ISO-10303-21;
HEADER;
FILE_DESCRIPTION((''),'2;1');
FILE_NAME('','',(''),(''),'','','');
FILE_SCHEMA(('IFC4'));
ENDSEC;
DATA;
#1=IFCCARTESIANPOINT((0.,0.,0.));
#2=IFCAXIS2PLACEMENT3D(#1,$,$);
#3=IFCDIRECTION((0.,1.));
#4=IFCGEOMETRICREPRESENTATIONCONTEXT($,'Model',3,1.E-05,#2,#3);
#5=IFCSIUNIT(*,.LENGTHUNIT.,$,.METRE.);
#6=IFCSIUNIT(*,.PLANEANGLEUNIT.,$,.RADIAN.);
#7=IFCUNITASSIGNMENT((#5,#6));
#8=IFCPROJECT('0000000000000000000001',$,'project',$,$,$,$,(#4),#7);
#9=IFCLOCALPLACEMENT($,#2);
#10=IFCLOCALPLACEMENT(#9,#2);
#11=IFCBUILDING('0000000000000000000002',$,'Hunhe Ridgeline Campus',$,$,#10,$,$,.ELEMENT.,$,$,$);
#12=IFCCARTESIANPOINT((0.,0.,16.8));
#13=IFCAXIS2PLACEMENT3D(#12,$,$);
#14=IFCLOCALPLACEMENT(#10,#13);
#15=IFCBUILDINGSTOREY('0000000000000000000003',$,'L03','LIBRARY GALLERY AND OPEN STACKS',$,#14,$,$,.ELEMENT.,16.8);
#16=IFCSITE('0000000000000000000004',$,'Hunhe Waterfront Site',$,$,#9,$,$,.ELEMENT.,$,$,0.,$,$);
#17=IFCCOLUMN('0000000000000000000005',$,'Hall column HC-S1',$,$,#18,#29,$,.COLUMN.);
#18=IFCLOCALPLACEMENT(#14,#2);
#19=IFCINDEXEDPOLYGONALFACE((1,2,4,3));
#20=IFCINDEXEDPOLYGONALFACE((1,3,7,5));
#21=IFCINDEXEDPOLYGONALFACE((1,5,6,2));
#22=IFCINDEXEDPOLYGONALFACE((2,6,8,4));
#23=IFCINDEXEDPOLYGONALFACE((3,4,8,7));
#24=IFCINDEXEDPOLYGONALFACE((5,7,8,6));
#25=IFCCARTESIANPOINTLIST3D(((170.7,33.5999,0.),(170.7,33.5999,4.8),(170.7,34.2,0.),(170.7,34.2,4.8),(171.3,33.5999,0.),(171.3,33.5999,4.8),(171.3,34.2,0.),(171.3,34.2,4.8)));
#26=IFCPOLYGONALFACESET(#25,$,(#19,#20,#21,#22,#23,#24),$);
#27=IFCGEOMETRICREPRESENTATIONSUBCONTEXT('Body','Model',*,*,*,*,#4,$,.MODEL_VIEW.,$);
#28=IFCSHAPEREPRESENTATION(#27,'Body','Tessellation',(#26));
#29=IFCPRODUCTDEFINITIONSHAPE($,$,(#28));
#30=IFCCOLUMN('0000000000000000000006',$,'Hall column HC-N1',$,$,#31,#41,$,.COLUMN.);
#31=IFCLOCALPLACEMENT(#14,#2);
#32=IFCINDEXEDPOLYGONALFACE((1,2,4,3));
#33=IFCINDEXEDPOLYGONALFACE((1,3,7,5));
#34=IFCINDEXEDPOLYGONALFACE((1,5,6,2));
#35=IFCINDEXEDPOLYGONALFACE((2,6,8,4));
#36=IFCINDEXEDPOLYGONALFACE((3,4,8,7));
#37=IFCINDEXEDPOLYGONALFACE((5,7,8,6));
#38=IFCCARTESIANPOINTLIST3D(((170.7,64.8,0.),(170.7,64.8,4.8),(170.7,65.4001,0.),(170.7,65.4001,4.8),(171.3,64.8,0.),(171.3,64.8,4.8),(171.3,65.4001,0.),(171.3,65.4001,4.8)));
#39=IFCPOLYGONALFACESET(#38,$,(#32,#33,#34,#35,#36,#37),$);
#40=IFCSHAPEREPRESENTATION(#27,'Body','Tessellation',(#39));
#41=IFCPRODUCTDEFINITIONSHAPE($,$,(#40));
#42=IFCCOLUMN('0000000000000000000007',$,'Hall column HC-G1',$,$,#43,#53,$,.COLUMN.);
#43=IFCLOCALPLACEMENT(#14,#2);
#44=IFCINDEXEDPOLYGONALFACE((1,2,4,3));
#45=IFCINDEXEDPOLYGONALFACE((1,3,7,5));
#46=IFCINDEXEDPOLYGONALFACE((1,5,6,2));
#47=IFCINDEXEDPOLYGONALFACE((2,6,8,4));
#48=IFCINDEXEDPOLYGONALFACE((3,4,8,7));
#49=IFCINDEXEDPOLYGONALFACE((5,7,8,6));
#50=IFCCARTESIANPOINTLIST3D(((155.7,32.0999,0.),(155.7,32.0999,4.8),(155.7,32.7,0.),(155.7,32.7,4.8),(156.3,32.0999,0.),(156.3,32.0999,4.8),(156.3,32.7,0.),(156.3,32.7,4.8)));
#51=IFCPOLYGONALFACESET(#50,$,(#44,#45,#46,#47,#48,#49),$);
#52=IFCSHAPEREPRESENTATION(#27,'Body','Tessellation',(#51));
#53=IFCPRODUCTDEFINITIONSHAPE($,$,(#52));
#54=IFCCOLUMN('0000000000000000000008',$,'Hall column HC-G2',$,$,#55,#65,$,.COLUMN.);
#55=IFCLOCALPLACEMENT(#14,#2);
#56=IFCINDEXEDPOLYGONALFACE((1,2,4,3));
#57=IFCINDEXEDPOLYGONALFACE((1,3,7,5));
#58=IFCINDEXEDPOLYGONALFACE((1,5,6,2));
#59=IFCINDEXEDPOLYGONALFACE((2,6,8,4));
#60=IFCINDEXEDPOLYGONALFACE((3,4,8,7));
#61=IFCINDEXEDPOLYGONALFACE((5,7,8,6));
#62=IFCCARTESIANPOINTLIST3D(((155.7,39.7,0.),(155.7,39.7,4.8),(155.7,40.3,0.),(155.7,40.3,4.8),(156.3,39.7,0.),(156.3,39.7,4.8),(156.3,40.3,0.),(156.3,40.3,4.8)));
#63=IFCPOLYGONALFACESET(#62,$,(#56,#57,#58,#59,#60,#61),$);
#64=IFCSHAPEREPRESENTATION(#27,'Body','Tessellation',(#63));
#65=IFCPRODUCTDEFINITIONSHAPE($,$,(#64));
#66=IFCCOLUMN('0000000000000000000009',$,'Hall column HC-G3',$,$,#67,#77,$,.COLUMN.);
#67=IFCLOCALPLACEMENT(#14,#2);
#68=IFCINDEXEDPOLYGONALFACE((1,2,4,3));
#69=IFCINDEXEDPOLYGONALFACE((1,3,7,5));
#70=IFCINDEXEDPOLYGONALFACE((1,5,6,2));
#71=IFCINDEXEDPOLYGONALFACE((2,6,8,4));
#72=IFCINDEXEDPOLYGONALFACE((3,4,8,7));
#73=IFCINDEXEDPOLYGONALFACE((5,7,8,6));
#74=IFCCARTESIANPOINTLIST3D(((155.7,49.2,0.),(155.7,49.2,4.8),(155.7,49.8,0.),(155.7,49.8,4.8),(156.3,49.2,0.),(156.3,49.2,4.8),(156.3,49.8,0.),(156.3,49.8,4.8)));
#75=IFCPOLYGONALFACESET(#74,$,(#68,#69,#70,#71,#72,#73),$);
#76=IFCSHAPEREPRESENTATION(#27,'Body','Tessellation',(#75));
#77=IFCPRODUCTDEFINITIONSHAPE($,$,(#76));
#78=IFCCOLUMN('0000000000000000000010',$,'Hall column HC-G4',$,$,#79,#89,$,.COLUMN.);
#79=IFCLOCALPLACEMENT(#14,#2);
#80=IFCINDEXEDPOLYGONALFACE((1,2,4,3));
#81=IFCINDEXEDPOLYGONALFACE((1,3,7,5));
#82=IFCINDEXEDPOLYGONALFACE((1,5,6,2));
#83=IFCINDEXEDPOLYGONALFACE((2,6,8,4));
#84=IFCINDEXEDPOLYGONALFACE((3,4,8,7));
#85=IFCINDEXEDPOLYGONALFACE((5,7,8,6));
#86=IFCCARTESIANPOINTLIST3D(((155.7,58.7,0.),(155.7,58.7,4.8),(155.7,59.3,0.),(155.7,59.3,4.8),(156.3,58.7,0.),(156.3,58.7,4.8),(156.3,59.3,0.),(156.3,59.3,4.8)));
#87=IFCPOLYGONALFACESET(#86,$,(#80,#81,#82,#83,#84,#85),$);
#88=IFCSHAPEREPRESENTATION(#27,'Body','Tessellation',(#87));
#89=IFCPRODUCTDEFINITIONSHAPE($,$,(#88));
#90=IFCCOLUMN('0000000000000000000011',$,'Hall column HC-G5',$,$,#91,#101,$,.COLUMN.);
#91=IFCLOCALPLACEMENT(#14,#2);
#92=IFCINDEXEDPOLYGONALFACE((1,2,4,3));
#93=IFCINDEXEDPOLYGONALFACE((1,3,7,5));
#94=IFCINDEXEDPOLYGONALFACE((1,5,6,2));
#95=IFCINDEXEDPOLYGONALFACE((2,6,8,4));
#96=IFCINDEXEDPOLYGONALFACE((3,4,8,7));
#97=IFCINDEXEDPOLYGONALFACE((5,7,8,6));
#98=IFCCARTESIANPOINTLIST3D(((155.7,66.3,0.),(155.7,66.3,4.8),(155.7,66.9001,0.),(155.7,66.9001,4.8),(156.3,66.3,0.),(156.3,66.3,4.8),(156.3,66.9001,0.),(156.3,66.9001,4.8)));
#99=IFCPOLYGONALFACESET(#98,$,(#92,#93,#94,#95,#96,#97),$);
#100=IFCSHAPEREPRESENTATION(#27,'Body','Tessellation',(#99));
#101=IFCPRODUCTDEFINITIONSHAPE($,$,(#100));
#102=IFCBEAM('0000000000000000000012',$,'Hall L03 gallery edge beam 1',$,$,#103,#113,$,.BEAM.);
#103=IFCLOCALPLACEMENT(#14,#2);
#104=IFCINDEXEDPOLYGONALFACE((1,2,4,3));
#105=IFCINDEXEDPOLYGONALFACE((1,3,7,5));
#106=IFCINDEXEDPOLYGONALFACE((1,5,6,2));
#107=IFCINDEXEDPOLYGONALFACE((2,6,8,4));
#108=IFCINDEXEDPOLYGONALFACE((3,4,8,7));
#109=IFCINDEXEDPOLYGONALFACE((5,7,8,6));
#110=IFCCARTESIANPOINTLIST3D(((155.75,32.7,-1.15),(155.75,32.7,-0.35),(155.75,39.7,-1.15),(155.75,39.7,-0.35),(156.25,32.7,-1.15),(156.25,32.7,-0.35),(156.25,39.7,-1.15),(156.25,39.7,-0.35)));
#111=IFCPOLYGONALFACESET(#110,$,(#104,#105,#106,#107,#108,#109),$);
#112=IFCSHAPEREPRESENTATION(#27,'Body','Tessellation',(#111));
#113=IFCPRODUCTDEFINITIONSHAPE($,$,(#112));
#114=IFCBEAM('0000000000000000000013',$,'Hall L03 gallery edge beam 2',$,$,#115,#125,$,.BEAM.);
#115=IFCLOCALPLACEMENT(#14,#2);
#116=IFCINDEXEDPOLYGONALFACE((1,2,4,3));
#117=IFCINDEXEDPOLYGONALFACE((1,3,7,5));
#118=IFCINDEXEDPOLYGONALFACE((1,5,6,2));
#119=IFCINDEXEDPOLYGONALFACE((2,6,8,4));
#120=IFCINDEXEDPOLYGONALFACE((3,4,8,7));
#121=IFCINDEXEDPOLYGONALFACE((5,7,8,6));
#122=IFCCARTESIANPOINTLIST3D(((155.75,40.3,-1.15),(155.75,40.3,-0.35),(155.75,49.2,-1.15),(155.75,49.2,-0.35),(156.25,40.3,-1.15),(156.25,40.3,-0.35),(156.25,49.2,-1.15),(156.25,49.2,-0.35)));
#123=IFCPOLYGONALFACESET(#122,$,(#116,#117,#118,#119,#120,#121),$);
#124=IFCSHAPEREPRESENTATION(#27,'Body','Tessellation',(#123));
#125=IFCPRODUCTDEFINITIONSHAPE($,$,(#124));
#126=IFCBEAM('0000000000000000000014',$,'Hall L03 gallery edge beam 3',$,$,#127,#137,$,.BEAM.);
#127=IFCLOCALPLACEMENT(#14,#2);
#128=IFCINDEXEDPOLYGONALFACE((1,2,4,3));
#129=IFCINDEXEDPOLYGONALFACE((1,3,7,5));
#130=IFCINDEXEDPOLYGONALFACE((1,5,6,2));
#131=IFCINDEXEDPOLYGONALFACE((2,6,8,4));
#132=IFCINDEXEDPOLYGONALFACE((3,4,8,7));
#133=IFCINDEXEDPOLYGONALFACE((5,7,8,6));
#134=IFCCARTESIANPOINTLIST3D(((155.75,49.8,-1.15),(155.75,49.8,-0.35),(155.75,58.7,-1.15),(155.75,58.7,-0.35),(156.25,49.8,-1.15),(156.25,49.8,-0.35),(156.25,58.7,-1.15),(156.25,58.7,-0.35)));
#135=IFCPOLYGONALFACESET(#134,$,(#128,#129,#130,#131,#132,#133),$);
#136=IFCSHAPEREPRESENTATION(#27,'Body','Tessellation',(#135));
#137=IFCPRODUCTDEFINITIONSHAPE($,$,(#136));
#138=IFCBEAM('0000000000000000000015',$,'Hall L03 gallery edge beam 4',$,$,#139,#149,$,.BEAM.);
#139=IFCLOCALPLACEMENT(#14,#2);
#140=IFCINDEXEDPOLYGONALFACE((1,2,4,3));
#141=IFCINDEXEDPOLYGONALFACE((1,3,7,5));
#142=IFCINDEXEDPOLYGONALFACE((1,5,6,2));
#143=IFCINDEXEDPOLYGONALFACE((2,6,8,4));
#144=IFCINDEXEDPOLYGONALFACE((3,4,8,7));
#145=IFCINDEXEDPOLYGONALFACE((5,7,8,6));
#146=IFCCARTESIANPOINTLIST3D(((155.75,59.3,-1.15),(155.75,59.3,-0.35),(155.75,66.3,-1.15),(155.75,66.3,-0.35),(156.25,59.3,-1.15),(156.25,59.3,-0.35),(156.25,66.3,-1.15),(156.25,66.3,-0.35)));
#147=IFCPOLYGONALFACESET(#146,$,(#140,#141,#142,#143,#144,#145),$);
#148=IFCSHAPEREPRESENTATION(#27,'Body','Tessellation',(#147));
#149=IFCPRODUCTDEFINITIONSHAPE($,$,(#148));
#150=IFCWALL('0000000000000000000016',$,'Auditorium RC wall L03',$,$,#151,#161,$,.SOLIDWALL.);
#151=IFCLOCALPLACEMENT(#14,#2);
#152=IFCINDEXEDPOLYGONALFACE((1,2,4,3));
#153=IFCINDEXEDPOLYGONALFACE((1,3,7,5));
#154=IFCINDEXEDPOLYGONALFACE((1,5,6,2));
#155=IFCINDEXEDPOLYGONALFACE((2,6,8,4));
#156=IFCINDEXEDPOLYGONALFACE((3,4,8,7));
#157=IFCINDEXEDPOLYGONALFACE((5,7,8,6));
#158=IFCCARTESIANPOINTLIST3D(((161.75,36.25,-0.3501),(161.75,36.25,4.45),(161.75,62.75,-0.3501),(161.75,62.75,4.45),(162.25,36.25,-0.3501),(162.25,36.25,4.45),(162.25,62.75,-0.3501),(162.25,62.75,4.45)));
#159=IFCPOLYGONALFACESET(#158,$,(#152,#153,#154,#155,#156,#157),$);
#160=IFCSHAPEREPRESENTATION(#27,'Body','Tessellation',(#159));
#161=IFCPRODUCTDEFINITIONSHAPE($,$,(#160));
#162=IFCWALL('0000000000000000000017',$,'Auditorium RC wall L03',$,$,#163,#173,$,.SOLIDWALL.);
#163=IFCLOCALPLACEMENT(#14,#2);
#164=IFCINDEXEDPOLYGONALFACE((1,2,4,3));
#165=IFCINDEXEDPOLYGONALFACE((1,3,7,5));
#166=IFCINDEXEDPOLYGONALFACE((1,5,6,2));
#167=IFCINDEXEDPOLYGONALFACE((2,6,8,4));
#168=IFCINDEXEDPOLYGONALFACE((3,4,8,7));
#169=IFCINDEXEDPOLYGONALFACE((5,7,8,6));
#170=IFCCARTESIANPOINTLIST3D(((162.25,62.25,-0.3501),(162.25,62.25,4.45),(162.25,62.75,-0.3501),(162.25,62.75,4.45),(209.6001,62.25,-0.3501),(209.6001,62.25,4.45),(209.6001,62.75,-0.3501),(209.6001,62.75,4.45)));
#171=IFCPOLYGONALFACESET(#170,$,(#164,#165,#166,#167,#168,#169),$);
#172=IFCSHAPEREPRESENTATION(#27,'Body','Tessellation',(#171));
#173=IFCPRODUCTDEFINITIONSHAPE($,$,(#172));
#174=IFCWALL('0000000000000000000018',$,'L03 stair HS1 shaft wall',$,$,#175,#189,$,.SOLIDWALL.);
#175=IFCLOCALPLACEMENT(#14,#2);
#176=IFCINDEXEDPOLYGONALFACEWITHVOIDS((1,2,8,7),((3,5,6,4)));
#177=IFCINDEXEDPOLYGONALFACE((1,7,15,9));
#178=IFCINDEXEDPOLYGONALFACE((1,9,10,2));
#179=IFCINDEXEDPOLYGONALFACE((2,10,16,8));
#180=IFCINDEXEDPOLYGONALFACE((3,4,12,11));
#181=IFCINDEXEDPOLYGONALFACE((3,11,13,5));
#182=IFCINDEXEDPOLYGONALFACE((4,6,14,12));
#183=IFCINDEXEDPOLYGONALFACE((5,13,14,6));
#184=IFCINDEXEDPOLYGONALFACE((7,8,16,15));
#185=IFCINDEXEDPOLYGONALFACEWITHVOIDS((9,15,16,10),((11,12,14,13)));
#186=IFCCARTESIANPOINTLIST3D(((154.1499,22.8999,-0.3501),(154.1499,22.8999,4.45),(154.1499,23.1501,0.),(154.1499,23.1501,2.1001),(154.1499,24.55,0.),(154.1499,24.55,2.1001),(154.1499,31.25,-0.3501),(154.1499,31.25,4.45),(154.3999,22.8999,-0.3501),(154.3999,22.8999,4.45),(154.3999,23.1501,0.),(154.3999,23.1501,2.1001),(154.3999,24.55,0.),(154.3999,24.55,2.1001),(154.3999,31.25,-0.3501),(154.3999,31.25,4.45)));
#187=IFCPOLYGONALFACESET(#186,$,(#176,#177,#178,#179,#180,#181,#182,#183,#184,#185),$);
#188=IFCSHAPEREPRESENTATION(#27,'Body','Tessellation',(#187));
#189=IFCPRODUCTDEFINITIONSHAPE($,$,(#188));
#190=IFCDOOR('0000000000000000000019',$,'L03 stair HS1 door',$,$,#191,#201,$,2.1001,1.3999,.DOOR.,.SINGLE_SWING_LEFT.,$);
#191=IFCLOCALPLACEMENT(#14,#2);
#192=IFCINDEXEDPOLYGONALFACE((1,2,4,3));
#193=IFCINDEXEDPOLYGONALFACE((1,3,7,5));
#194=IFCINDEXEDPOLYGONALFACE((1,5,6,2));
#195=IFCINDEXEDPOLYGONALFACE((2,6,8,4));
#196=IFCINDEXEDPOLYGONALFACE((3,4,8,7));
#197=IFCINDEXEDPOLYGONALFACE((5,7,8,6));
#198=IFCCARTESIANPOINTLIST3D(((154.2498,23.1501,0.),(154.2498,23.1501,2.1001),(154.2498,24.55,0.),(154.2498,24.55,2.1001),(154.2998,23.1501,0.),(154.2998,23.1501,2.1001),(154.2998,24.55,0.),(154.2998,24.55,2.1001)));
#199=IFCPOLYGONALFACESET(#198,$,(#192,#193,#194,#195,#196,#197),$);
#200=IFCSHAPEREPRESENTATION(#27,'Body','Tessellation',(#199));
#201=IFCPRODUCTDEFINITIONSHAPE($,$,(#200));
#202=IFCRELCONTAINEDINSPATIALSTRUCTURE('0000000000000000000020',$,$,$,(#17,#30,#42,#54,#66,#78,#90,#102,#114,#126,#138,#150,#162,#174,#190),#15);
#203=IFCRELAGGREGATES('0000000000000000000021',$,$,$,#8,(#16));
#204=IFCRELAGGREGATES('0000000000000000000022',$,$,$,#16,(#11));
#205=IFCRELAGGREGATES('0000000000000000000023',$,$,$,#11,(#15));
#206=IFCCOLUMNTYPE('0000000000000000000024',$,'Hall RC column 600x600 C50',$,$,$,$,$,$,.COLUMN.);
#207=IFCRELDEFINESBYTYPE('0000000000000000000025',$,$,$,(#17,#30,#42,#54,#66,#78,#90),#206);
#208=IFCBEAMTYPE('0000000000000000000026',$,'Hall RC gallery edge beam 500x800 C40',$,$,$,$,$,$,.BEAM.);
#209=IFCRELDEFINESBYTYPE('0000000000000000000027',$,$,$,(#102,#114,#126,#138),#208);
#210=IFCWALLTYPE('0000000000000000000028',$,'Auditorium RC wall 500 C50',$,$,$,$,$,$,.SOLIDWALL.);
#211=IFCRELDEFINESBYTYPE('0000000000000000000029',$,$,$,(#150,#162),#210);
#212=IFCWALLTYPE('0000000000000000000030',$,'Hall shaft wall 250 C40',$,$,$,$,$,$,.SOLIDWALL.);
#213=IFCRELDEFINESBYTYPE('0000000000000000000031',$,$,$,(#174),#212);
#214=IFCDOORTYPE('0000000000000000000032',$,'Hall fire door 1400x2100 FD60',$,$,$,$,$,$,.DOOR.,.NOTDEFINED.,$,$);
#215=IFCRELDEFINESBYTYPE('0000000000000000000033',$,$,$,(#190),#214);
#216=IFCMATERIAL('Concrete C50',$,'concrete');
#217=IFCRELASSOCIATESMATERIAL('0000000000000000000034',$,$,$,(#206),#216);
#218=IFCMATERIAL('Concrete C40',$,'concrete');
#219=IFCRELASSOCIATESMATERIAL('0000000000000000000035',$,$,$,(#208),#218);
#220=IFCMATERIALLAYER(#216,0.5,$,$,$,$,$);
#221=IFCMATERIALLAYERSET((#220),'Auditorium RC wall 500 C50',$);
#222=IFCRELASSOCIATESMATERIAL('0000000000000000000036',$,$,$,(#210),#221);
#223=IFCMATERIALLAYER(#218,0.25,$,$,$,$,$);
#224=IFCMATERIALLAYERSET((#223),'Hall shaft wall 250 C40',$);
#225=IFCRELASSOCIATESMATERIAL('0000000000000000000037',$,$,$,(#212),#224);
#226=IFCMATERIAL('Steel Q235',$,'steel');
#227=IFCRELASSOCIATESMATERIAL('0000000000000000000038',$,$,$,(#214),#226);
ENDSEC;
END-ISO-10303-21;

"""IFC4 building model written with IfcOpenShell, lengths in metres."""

from ifc_helpers import new_model, si_unit, direction, frame, frame_2d, origin, origin_2d, place, context, subcontext, project, spatial, rectangle, extrude, material, layer, layer_set, material_profile, profile_set, type_object, element, fill, save


model = new_model("IFC4")

# Units and contexts
model_context = context("Model", 3, precision=1e-05, world=origin(), true_north=direction((0.0, 1.0)))
body_context = subcontext(model_context, "Body", "Model", "MODEL_VIEW")
ifc_project = project(units=[si_unit("LENGTHUNIT", "METRE"), si_unit("PLANEANGLEUNIT", "RADIAN")], contexts=[model_context])

# Site, building, storey
site_placement = place(None, origin())
site = spatial("IfcSite", under=ifc_project, at=site_placement, Name="Hunhe Waterfront Site", CompositionType="ELEMENT", RefElevation=0.0)
building_placement = place(site_placement, origin())
building = spatial("IfcBuilding", under=site, at=building_placement, Name="Hunhe Ridgeline Campus", CompositionType="ELEMENT")
storey_placement = place(building_placement, frame((0.0, 0.0, 16.8)))
storey = spatial("IfcBuildingStorey", under=building, at=storey_placement, Name="L03", Description="LIBRARY GALLERY AND OPEN STACKS", CompositionType="ELEMENT", Elevation=16.8)

# Columns
ifc_material_1 = material(Name="Concrete C50", Category="concrete")
ifc_material_profile_1 = material_profile(ifc_material_1, rectangle(XDim=0.6001, YDim=0.6001, at=origin_2d()))
ifc_profile_set_1 = profile_set([ifc_material_profile_1], Name="Concrete C50")
column_type = type_object("IfcColumnType", Name="Hall RC column 600x600 C50", PredefinedType="COLUMN", material=ifc_profile_set_1)
for number, where, z_axis, x_axis, name in (
    (1, (171.0, 33.8999, 0.0), (0.0, 0.0, 1.0), (1.0, 0.0, 0.0), "Hall column HC-S1"),
    (2, (171.0, 65.1001, 0.0), (0.0, 0.0, 1.0), (1.0, 0.0, 0.0), "Hall column HC-N1"),
    (3, (156.0, 32.3999, 0.0), (0.0, 0.0, 1.0), (1.0, 0.0, 0.0), "Hall column HC-G1"),
    (4, (156.0, 40.0, 0.0), (0.0, 0.0, 1.0), (1.0, 0.0, 0.0), "Hall column HC-G2"),
    (5, (156.0, 49.5, 0.0), (0.0, 0.0, 1.0), (1.0, 0.0, 0.0), "Hall column HC-G3"),
    (6, (156.0, 59.0, 0.0), (0.0, 0.0, 1.0), (1.0, 0.0, 0.0), "Hall column HC-G4"),
    (7, (156.0, 66.6001, 0.0), (0.0, 0.0, 1.0), (1.0, 0.0, 0.0), "Hall column HC-G5"),
):
    element("IfcColumn", number, at=place(storey_placement, frame(where, z_axis=z_axis, x_axis=x_axis)), inside=storey, type_object=column_type, Name=name, PredefinedType="COLUMN", context=body_context, shape_type="SweptSolid", body=[
        extrude(rectangle(XDim=0.6001, YDim=0.6001, at=origin_2d()), origin(), (0.0, 0.0, 1.0), 4.8),
    ])

# Beams
ifc_material_2 = material(Name="Concrete C40", Category="concrete")
ifc_material_profile_2 = material_profile(ifc_material_2, rectangle(XDim=0.5, YDim=0.8, at=origin_2d()))
ifc_profile_set_2 = profile_set([ifc_material_profile_2], Name="Concrete C40")
beam_type = type_object("IfcBeamType", Name="Hall RC gallery edge beam 500x800 C40", PredefinedType="BEAM", material=ifc_profile_set_2)
beam_1_placement = place(storey_placement, frame((156.0, 32.7, -0.75), z_axis=(0.0, 1.0, 0.0), x_axis=(-1.0, 0.0, 0.0)))
element("IfcBeam", 8, at=beam_1_placement, inside=storey, type_object=beam_type, Name="Hall L03 gallery edge beam 1", PredefinedType="BEAM", context=body_context, shape_type="SweptSolid", body=[
    extrude(rectangle(XDim=0.5, YDim=0.8, at=origin_2d()), origin(), (0.0, 0.0, 1.0), 7.0),
])
for number, where, z_axis, x_axis, name in (
    (9, (156.0, 40.3, -0.75), (0.0, 1.0, 0.0), (-1.0, 0.0, 0.0), "Hall L03 gallery edge beam 2"),
    (10, (156.0, 49.8, -0.75), (0.0, 1.0, 0.0), (-1.0, 0.0, 0.0), "Hall L03 gallery edge beam 3"),
):
    element("IfcBeam", number, at=place(storey_placement, frame(where, z_axis=z_axis, x_axis=x_axis)), inside=storey, type_object=beam_type, Name=name, PredefinedType="BEAM", context=body_context, shape_type="SweptSolid", body=[
        extrude(rectangle(XDim=0.5, YDim=0.8, at=origin_2d()), origin(), (0.0, 0.0, 1.0), 8.8999),
    ])
beam_2_placement = place(storey_placement, frame((156.0, 59.3, -0.75), z_axis=(0.0, 1.0, 0.0), x_axis=(-1.0, 0.0, 0.0)))
element("IfcBeam", 11, at=beam_2_placement, inside=storey, type_object=beam_type, Name="Hall L03 gallery edge beam 4", PredefinedType="BEAM", context=body_context, shape_type="SweptSolid", body=[
    extrude(rectangle(XDim=0.5, YDim=0.8, at=origin_2d()), origin(), (0.0, 0.0, 1.0), 7.0),
])

# Walls
ifc_layer_1 = layer(ifc_material_1, 0.5)
ifc_layer_set_1 = layer_set([ifc_layer_1], Name="Auditorium RC wall 500 C50")
wall_type_1 = type_object("IfcWallType", Name="Auditorium RC wall 500 C50", PredefinedType="SOLIDWALL", material=ifc_layer_set_1)
wall_1_placement = place(storey_placement, frame((162.0, 36.25, -0.3501), z_axis=(0.0, 0.0, 1.0), x_axis=(0.0, 1.0, 0.0)))
element("IfcWall", 12, at=wall_1_placement, inside=storey, type_object=wall_type_1, Name="Auditorium RC wall L03", PredefinedType="SOLIDWALL", context=body_context, shape_type="SweptSolid", body=[
    extrude(rectangle(XDim=26.5, YDim=0.5, at=frame_2d((13.25, 0.0))), origin(), (0.0, 0.0, 1.0), 4.8),
])
wall_2_placement = place(storey_placement, frame((162.25, 62.5, -0.3501), z_axis=(0.0, 0.0, 1.0), x_axis=(1.0, 0.0, 0.0)))
element("IfcWall", 13, at=wall_2_placement, inside=storey, type_object=wall_type_1, Name="Auditorium RC wall L03", PredefinedType="SOLIDWALL", context=body_context, shape_type="SweptSolid", body=[
    extrude(rectangle(XDim=47.3501, YDim=0.5, at=frame_2d((23.675, 0.0))), origin(), (0.0, 0.0, 1.0), 4.8),
])

# Wall, opening, door
ifc_material_3 = material(Name="Steel Q235", Category="steel")
ifc_layer_2 = layer(ifc_material_2, 0.25)
ifc_layer_set_2 = layer_set([ifc_layer_2], Name="Hall shaft wall 250 C40")
wall_type_2 = type_object("IfcWallType", Name="Hall shaft wall 250 C40", PredefinedType="SOLIDWALL", material=ifc_layer_set_2)
wall_3_placement = place(storey_placement, frame((154.2749, 31.25, -0.3501), z_axis=(0.0, 0.0, 1.0), x_axis=(0.0, -1.0, 0.0)))
wall_3 = element("IfcWall", 14, at=wall_3_placement, inside=storey, type_object=wall_type_2, Name="L03 stair HS1 shaft wall", PredefinedType="SOLIDWALL", context=body_context, shape_type="SweptSolid", body=[
    extrude(rectangle(XDim=8.3501, YDim=0.25, at=frame_2d((4.175, 0.0))), origin(), (0.0, 0.0, 1.0), 4.8),
])
opening_1_placement = place(wall_3_placement, frame((6.7, 0.0, 0.3501)))
opening_1 = element("IfcOpeningElement", 15, at=opening_1_placement, cuts=wall_3, PredefinedType="OPENING", context=body_context, shape_type="SweptSolid", body=[
    extrude(rectangle(XDim=1.3999, YDim=2.1001, at=frame_2d((0.7, 1.05))), frame((0.0, 0.125, 0.0), z_axis=(0.0, -1.0, 0.0), x_axis=(1.0, 0.0, 0.0)), (0.0, 0.0, 1.0), 0.25),
])
door_type_1 = type_object("IfcDoorType", Name="Hall fire door 1400x2100 FD60", OperationType="NOTDEFINED", PredefinedType="DOOR", material=ifc_material_3)
door_1_placement = place(opening_1_placement, origin())
door_1 = element("IfcDoor", 16, at=door_1_placement, inside=storey, type_object=door_type_1, Name="L03 stair HS1 door", OperationType="SINGLE_SWING_LEFT", OverallHeight=2.1001, OverallWidth=1.3999, PredefinedType="DOOR", context=body_context, shape_type="SweptSolid", body=[
    extrude(rectangle(XDim=1.3999, YDim=2.1001, at=frame_2d((0.7, 1.05))), frame((0.0, 0.0249, 0.0), z_axis=(0.0, -1.0, 0.0), x_axis=(1.0, 0.0, 0.0)), (0.0, 0.0, 1.0), 0.05),
])
fill(opening_1, door_1)

save(model, "model.ifc")
